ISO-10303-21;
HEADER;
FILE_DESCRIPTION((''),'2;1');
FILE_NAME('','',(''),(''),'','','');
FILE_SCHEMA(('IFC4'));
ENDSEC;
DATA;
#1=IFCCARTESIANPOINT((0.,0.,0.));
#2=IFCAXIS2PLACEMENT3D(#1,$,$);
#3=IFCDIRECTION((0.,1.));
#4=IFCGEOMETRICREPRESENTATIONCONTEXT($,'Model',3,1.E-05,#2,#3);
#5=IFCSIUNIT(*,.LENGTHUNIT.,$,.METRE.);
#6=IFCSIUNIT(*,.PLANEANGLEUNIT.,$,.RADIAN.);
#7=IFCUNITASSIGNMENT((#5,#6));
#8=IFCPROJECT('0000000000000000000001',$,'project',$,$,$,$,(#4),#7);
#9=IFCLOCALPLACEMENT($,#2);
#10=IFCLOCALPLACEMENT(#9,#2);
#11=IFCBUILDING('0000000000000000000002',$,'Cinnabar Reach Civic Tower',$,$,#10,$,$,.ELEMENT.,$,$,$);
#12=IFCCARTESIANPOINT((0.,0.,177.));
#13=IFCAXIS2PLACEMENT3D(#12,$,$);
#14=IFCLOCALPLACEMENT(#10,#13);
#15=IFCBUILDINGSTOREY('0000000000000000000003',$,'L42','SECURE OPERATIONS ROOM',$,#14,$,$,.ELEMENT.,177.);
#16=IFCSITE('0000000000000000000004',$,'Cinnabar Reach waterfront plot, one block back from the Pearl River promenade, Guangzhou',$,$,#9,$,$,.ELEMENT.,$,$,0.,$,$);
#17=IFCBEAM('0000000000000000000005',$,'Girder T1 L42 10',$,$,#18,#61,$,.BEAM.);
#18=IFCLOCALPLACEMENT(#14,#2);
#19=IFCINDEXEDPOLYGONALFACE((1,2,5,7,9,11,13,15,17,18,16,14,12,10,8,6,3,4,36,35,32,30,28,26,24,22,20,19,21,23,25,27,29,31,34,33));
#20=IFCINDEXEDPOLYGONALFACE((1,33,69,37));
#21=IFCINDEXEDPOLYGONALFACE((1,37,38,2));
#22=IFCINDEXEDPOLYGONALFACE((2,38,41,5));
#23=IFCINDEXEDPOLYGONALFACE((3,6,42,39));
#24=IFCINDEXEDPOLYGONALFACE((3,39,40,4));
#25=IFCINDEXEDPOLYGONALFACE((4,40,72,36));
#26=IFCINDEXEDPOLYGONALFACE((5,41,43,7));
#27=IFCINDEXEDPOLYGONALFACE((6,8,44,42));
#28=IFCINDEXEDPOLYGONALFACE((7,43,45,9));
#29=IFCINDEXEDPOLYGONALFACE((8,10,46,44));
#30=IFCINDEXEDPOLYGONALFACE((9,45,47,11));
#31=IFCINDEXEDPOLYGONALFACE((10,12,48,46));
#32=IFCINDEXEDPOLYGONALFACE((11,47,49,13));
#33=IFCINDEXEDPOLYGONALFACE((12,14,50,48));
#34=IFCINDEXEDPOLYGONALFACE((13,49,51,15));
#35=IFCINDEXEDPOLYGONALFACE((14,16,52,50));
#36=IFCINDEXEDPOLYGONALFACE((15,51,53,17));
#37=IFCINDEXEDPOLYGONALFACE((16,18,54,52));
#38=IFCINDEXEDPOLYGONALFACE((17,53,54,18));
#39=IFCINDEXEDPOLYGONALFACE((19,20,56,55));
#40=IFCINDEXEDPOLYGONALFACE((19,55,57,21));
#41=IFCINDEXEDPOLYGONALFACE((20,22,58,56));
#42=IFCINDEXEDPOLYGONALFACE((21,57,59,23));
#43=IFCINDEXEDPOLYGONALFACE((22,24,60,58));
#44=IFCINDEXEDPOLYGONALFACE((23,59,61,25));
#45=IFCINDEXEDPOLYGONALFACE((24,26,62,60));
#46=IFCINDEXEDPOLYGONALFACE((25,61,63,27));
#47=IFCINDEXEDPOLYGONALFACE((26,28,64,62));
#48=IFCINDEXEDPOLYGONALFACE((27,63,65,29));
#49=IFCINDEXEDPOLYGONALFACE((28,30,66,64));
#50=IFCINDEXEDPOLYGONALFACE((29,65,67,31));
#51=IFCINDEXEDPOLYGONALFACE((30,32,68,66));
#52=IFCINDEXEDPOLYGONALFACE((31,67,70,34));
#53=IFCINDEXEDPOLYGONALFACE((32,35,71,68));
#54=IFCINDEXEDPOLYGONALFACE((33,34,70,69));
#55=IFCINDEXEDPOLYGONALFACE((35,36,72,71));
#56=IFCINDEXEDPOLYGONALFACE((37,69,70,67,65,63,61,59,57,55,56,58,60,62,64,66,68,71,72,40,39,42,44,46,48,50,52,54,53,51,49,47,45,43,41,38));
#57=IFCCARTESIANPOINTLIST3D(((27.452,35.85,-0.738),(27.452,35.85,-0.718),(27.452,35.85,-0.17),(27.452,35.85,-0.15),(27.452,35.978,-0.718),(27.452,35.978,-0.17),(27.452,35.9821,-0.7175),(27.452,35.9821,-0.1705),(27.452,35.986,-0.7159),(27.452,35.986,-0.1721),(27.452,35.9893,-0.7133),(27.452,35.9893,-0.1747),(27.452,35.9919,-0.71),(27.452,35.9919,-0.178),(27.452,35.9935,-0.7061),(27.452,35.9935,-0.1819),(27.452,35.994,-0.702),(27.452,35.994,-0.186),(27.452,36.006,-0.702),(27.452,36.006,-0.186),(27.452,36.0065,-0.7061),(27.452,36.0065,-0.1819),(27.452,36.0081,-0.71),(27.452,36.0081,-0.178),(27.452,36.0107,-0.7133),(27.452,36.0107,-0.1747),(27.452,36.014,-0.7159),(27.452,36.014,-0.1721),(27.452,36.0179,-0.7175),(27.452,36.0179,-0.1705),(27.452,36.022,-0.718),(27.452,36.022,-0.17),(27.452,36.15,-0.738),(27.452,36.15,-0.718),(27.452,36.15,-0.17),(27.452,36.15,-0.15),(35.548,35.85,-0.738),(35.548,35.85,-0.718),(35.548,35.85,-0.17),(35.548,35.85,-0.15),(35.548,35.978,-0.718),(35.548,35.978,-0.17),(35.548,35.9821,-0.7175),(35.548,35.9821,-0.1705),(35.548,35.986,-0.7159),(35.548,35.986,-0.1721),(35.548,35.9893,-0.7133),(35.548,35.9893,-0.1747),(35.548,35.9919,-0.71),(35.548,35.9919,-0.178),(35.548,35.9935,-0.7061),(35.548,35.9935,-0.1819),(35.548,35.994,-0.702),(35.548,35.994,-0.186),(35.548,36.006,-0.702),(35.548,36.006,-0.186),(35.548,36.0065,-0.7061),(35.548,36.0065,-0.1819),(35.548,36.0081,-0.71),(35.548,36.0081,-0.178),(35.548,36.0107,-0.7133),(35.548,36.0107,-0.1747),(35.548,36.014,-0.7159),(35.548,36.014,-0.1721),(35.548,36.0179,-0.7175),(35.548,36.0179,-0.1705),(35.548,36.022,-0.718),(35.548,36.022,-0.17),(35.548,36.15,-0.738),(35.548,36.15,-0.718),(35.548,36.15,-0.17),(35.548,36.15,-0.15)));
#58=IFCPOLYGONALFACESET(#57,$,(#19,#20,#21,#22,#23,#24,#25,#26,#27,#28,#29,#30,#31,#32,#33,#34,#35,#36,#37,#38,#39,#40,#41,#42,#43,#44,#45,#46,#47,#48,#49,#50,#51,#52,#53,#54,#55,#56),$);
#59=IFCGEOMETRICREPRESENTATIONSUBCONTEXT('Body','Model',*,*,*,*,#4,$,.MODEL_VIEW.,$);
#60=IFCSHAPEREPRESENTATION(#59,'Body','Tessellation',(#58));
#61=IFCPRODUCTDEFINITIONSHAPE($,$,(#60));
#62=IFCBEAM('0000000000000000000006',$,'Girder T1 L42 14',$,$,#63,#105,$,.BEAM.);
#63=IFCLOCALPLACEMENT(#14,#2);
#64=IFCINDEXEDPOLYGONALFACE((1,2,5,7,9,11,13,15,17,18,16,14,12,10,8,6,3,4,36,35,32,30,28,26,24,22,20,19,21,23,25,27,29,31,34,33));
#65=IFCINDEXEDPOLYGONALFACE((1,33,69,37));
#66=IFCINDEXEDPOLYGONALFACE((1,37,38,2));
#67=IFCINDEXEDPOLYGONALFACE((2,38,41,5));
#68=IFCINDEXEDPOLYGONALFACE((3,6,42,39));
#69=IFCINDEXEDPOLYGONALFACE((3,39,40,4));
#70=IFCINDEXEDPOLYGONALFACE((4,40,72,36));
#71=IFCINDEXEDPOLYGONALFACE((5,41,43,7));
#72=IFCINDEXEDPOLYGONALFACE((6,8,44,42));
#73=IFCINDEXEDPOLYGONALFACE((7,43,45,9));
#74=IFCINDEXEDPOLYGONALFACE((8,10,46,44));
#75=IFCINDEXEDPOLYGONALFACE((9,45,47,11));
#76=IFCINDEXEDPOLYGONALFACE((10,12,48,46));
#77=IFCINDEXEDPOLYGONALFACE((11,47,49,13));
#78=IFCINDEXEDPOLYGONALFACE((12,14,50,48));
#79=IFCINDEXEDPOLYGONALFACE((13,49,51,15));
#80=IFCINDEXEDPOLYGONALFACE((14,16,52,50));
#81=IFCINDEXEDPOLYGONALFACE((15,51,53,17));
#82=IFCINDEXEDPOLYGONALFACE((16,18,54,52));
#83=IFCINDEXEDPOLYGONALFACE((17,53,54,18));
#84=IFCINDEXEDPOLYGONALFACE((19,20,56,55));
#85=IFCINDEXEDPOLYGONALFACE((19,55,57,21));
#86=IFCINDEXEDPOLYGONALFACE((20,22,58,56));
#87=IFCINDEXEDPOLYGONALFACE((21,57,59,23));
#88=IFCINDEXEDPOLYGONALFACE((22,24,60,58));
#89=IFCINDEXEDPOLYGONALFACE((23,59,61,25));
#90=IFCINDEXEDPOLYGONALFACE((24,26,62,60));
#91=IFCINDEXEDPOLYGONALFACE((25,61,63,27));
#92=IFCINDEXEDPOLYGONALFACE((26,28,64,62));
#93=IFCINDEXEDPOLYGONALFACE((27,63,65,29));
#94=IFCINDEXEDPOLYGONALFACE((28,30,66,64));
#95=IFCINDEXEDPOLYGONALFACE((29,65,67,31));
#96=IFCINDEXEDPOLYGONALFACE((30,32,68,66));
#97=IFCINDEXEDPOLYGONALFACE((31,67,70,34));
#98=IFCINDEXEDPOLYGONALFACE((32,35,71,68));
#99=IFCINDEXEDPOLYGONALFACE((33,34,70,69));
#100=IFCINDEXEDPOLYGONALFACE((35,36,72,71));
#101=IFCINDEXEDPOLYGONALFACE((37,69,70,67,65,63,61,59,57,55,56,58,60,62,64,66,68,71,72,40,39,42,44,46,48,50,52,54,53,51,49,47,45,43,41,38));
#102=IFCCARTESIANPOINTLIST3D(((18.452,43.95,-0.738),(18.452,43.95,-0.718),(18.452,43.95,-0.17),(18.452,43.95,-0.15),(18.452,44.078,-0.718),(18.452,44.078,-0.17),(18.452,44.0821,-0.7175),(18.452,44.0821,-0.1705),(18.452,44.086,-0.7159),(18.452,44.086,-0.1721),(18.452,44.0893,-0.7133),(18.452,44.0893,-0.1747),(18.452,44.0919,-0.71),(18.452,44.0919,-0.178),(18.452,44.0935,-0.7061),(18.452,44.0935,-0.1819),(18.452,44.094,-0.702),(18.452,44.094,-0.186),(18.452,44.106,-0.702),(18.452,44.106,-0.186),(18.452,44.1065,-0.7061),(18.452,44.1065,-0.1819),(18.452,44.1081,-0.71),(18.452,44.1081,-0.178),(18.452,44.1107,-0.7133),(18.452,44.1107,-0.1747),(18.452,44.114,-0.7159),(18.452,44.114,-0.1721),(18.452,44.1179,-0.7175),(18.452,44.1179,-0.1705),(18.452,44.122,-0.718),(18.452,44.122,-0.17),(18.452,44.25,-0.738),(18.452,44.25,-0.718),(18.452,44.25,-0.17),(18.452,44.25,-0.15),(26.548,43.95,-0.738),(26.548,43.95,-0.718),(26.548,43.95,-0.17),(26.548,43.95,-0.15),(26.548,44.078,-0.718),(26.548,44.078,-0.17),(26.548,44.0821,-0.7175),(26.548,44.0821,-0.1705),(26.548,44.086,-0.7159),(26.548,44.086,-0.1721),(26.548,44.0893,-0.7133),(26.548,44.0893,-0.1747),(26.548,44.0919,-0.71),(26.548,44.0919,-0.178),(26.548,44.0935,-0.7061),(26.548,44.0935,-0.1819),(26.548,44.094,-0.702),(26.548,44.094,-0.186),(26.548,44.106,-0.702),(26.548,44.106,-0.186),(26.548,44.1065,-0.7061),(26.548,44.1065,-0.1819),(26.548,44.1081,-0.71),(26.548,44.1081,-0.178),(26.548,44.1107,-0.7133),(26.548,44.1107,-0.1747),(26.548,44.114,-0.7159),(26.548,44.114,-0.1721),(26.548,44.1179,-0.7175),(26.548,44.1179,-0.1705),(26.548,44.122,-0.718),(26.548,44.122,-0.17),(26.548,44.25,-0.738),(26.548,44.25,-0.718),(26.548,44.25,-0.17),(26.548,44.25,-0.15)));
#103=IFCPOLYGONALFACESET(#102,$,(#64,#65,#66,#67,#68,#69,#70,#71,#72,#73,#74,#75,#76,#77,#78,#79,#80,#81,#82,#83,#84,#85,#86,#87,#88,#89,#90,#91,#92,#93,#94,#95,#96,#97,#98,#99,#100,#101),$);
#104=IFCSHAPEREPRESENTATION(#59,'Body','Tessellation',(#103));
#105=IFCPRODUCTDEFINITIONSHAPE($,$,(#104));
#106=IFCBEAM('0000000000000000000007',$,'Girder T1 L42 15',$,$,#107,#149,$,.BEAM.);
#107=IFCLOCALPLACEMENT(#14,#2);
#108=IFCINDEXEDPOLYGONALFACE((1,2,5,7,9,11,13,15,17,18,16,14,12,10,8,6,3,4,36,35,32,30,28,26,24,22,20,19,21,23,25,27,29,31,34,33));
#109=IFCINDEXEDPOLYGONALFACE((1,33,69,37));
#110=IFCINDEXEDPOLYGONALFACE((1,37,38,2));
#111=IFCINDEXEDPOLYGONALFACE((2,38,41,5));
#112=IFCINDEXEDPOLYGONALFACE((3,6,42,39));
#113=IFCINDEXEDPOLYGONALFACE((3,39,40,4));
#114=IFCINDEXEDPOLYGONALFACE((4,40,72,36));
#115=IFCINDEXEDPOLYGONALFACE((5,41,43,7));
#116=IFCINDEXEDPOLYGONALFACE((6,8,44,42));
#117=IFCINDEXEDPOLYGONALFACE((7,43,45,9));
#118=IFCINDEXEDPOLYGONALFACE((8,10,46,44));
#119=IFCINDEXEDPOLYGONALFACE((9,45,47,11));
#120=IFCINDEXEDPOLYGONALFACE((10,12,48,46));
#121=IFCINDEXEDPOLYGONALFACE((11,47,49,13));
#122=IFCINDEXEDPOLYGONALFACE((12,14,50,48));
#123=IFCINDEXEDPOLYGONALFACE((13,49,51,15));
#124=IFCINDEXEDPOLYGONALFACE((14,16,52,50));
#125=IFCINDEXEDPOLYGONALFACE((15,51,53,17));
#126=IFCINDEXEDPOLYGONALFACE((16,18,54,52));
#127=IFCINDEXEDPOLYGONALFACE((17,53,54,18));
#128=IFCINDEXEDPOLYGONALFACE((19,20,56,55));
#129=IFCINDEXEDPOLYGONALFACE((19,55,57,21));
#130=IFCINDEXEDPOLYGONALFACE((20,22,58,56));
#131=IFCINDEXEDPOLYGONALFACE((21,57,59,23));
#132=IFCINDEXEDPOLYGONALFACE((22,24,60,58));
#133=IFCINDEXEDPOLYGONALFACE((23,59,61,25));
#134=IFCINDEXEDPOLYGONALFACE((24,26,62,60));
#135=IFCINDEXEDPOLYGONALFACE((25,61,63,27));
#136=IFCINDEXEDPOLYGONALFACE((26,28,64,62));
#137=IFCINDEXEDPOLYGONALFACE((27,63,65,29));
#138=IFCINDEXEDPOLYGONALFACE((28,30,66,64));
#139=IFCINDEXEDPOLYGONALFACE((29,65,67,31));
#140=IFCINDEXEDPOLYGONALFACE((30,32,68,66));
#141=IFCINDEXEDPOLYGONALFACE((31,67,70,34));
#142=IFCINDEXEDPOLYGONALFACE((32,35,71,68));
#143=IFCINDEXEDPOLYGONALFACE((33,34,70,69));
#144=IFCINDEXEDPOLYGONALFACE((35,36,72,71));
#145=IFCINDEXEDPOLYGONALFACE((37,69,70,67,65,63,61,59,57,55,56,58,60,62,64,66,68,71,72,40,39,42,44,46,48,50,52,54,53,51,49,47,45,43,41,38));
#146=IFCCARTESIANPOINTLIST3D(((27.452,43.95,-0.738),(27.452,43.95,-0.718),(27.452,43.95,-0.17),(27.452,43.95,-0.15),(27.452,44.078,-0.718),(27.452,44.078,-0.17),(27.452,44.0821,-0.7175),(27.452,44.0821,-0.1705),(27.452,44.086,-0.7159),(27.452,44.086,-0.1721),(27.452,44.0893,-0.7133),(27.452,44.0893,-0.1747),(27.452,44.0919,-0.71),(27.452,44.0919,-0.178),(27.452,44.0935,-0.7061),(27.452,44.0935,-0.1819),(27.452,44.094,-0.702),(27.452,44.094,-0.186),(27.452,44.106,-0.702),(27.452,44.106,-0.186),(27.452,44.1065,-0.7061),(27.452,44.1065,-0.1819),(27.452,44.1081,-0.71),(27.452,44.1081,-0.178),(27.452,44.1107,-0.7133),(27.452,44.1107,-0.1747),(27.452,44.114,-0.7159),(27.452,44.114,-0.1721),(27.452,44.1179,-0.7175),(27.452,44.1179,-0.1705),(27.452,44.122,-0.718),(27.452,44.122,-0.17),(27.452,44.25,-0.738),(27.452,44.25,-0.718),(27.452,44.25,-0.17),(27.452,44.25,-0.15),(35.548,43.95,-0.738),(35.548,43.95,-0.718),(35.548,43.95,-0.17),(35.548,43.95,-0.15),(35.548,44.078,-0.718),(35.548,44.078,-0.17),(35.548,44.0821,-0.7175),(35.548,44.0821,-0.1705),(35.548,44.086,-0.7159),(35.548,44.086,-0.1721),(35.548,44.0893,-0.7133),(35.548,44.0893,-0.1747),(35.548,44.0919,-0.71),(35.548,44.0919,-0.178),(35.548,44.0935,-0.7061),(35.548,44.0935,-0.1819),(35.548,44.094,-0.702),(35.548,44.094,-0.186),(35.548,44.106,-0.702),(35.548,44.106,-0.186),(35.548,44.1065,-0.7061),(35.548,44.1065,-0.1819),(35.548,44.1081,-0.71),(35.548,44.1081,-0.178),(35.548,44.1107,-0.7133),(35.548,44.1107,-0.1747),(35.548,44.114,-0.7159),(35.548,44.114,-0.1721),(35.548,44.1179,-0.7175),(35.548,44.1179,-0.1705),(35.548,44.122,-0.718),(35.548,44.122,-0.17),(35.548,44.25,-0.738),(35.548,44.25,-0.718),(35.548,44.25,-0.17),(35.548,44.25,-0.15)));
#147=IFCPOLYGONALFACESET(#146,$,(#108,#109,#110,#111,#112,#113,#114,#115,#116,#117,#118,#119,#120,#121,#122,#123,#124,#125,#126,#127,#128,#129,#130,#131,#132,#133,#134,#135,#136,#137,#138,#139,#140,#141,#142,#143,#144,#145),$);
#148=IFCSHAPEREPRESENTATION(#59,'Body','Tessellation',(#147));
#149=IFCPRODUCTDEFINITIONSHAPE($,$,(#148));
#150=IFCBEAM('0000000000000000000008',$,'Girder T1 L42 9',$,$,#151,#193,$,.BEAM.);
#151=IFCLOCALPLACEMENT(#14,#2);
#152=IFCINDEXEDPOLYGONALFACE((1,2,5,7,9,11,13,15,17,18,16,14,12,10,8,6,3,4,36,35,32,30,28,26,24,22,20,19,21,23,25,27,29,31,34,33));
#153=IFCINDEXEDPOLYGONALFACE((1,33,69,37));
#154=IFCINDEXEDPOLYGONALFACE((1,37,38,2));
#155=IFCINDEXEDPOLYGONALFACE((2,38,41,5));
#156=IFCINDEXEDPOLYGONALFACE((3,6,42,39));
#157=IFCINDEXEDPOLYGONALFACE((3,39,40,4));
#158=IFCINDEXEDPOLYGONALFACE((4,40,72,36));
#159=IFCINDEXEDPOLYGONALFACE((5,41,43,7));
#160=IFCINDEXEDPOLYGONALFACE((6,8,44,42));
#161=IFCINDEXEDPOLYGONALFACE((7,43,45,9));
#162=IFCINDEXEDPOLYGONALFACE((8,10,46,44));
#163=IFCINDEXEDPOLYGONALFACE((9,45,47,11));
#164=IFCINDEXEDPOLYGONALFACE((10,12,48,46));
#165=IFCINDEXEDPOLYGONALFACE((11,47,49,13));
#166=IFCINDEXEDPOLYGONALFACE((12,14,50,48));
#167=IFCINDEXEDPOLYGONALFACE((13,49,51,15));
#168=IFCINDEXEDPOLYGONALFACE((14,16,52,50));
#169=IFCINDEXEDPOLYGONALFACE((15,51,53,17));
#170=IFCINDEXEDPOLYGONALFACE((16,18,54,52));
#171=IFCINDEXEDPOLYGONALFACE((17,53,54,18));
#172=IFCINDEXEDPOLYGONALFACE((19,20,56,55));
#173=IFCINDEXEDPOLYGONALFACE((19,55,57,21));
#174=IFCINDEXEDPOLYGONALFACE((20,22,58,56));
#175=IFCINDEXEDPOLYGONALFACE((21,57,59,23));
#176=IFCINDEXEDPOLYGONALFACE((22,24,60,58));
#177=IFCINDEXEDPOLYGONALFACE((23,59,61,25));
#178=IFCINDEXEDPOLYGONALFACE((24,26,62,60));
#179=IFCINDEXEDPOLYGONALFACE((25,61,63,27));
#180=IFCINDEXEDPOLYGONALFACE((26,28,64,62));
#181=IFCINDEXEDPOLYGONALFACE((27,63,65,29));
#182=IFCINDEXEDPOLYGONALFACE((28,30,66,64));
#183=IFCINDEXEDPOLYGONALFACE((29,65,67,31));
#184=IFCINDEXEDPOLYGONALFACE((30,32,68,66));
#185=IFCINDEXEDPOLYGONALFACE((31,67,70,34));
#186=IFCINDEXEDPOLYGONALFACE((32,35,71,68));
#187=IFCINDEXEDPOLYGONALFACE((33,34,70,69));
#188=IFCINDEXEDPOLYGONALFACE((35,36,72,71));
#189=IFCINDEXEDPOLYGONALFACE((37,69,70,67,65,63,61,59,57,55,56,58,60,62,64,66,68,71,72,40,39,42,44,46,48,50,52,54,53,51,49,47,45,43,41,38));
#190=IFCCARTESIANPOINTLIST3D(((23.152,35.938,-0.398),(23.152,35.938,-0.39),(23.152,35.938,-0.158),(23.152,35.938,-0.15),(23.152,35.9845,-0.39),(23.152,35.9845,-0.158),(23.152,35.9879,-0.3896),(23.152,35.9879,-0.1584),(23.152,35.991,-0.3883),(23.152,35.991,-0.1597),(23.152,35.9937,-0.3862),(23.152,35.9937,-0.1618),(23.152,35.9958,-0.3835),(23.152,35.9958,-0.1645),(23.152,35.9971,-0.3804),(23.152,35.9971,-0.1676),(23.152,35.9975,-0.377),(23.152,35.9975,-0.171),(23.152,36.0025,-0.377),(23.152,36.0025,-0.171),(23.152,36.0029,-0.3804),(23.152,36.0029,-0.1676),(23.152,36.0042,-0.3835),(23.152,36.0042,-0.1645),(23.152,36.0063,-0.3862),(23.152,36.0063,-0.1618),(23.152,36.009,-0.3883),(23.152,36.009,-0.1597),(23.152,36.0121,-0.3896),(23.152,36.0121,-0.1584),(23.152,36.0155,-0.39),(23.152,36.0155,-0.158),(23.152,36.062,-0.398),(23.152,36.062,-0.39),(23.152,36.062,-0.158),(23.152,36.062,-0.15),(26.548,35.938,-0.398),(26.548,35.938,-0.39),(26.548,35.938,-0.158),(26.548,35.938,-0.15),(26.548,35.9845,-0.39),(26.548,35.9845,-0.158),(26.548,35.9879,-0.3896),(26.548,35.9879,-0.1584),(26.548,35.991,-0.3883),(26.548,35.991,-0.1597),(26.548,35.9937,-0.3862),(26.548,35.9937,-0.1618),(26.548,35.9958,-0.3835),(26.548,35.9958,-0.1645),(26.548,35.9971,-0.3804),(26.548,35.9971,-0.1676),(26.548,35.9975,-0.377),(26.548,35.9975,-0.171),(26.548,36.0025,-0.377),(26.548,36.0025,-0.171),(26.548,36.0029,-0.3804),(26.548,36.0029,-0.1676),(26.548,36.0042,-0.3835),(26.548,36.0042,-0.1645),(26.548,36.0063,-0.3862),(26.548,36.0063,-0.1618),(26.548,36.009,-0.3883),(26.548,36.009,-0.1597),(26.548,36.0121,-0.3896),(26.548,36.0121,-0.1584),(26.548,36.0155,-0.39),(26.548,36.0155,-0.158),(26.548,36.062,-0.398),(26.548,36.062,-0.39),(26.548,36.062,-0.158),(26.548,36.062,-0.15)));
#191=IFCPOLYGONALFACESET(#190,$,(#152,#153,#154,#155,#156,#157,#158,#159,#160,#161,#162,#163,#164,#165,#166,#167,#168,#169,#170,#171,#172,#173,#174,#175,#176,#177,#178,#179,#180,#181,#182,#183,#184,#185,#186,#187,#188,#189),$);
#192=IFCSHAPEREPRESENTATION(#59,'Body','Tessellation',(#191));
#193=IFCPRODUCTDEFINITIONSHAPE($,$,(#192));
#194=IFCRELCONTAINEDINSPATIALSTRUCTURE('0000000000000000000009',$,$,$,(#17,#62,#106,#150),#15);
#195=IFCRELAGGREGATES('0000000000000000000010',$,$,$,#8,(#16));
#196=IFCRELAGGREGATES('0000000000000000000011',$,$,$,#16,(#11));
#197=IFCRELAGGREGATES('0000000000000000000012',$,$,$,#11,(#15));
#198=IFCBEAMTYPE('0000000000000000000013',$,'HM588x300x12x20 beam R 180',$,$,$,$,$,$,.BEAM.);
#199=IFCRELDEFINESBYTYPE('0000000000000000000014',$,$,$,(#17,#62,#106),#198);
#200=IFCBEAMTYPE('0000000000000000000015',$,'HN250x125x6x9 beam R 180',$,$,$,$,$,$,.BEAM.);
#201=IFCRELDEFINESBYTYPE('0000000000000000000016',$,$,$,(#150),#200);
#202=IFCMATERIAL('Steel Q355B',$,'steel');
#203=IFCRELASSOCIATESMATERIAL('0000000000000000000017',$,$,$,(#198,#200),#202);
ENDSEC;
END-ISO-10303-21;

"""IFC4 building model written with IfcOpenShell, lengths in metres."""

from ifc_helpers import new_model, si_unit, direction, frame, origin, origin_2d, place, context, subcontext, project, spatial, i_section, extrude, material, material_profile, profile_set, type_object, element, save


model = new_model("IFC4")

# Units and contexts
model_context = context("Model", 3, precision=1e-05, world=origin(), true_north=direction((0.0, 1.0)))
body_context = subcontext(model_context, "Body", "Model", "MODEL_VIEW")
ifc_project = project(units=[si_unit("LENGTHUNIT", "METRE"), si_unit("PLANEANGLEUNIT", "RADIAN")], contexts=[model_context])

# Site, building, storey
site_placement = place(None, origin())
site = spatial("IfcSite", under=ifc_project, at=site_placement, Name="Cinnabar Reach waterfront plot, one block back from the Pearl River promenade, Guangzhou", CompositionType="ELEMENT", RefElevation=0.0)
building_placement = place(site_placement, origin())
building = spatial("IfcBuilding", under=site, at=building_placement, Name="Cinnabar Reach Civic Tower", CompositionType="ELEMENT")
storey_placement = place(building_placement, frame((0.0, 0.0, 177.0)))
storey = spatial("IfcBuildingStorey", under=building, at=storey_placement, Name="L42", Description="SECURE OPERATIONS ROOM", CompositionType="ELEMENT", Elevation=177.0)

# Beams
ifc_material_1 = material(Name="Steel Q355B", Category="steel")
ifc_material_profile_1 = material_profile(ifc_material_1, i_section(OverallWidth=0.3, OverallDepth=0.588, WebThickness=0.012, FlangeThickness=0.02, FilletRadius=0.016, at=origin_2d()), Name="HM588x300x12x20")
ifc_profile_set_1 = profile_set([ifc_material_profile_1], Name="Steel Q355B")
beam_type_1 = type_object("IfcBeamType", Name="HM588x300x12x20 beam R 180", PredefinedType="BEAM", material=ifc_profile_set_1)
for number, where, z_axis, x_axis, name in (
    (1, (27.452, 36.0, -0.444), (1.0, 0.0, 0.0), (0.0, 1.0, 0.0), "Girder T1 L42 10"),
    (2, (18.452, 44.1, -0.444), (1.0, 0.0, 0.0), (0.0, 1.0, 0.0), "Girder T1 L42 14"),
    (3, (27.452, 44.1, -0.444), (1.0, 0.0, 0.0), (0.0, 1.0, 0.0), "Girder T1 L42 15"),
):
    element("IfcBeam", number, at=place(storey_placement, frame(where, z_axis=z_axis, x_axis=x_axis)), inside=storey, type_object=beam_type_1, Name=name, PredefinedType="BEAM", context=body_context, shape_type="SweptSolid", body=[
        extrude(i_section(OverallWidth=0.3, OverallDepth=0.588, WebThickness=0.012, FlangeThickness=0.02, FilletRadius=0.016, at=origin_2d()), origin(), (0.0, 0.0, 1.0), 8.096),
    ])
ifc_material_profile_2 = material_profile(ifc_material_1, i_section(OverallWidth=0.124, OverallDepth=0.248, WebThickness=0.005, FlangeThickness=0.008, FilletRadius=0.013, at=origin_2d()), Name="HN250x125x6x9")
ifc_profile_set_2 = profile_set([ifc_material_profile_2], Name="Steel Q355B")
beam_type_2 = type_object("IfcBeamType", Name="HN250x125x6x9 beam R 180", PredefinedType="BEAM", material=ifc_profile_set_2)
beam_1_placement = place(storey_placement, frame((23.152, 36.0, -0.274), z_axis=(1.0, 0.0, 0.0), x_axis=(0.0, 1.0, 0.0)))
element("IfcBeam", 4, at=beam_1_placement, inside=storey, type_object=beam_type_2, Name="Girder T1 L42 9", PredefinedType="BEAM", context=body_context, shape_type="SweptSolid", body=[
    extrude(i_section(OverallWidth=0.124, OverallDepth=0.248, WebThickness=0.005, FlangeThickness=0.008, FilletRadius=0.013, at=origin_2d()), origin(), (0.0, 0.0, 1.0), 3.396),
])

save(model, "model.ifc")
